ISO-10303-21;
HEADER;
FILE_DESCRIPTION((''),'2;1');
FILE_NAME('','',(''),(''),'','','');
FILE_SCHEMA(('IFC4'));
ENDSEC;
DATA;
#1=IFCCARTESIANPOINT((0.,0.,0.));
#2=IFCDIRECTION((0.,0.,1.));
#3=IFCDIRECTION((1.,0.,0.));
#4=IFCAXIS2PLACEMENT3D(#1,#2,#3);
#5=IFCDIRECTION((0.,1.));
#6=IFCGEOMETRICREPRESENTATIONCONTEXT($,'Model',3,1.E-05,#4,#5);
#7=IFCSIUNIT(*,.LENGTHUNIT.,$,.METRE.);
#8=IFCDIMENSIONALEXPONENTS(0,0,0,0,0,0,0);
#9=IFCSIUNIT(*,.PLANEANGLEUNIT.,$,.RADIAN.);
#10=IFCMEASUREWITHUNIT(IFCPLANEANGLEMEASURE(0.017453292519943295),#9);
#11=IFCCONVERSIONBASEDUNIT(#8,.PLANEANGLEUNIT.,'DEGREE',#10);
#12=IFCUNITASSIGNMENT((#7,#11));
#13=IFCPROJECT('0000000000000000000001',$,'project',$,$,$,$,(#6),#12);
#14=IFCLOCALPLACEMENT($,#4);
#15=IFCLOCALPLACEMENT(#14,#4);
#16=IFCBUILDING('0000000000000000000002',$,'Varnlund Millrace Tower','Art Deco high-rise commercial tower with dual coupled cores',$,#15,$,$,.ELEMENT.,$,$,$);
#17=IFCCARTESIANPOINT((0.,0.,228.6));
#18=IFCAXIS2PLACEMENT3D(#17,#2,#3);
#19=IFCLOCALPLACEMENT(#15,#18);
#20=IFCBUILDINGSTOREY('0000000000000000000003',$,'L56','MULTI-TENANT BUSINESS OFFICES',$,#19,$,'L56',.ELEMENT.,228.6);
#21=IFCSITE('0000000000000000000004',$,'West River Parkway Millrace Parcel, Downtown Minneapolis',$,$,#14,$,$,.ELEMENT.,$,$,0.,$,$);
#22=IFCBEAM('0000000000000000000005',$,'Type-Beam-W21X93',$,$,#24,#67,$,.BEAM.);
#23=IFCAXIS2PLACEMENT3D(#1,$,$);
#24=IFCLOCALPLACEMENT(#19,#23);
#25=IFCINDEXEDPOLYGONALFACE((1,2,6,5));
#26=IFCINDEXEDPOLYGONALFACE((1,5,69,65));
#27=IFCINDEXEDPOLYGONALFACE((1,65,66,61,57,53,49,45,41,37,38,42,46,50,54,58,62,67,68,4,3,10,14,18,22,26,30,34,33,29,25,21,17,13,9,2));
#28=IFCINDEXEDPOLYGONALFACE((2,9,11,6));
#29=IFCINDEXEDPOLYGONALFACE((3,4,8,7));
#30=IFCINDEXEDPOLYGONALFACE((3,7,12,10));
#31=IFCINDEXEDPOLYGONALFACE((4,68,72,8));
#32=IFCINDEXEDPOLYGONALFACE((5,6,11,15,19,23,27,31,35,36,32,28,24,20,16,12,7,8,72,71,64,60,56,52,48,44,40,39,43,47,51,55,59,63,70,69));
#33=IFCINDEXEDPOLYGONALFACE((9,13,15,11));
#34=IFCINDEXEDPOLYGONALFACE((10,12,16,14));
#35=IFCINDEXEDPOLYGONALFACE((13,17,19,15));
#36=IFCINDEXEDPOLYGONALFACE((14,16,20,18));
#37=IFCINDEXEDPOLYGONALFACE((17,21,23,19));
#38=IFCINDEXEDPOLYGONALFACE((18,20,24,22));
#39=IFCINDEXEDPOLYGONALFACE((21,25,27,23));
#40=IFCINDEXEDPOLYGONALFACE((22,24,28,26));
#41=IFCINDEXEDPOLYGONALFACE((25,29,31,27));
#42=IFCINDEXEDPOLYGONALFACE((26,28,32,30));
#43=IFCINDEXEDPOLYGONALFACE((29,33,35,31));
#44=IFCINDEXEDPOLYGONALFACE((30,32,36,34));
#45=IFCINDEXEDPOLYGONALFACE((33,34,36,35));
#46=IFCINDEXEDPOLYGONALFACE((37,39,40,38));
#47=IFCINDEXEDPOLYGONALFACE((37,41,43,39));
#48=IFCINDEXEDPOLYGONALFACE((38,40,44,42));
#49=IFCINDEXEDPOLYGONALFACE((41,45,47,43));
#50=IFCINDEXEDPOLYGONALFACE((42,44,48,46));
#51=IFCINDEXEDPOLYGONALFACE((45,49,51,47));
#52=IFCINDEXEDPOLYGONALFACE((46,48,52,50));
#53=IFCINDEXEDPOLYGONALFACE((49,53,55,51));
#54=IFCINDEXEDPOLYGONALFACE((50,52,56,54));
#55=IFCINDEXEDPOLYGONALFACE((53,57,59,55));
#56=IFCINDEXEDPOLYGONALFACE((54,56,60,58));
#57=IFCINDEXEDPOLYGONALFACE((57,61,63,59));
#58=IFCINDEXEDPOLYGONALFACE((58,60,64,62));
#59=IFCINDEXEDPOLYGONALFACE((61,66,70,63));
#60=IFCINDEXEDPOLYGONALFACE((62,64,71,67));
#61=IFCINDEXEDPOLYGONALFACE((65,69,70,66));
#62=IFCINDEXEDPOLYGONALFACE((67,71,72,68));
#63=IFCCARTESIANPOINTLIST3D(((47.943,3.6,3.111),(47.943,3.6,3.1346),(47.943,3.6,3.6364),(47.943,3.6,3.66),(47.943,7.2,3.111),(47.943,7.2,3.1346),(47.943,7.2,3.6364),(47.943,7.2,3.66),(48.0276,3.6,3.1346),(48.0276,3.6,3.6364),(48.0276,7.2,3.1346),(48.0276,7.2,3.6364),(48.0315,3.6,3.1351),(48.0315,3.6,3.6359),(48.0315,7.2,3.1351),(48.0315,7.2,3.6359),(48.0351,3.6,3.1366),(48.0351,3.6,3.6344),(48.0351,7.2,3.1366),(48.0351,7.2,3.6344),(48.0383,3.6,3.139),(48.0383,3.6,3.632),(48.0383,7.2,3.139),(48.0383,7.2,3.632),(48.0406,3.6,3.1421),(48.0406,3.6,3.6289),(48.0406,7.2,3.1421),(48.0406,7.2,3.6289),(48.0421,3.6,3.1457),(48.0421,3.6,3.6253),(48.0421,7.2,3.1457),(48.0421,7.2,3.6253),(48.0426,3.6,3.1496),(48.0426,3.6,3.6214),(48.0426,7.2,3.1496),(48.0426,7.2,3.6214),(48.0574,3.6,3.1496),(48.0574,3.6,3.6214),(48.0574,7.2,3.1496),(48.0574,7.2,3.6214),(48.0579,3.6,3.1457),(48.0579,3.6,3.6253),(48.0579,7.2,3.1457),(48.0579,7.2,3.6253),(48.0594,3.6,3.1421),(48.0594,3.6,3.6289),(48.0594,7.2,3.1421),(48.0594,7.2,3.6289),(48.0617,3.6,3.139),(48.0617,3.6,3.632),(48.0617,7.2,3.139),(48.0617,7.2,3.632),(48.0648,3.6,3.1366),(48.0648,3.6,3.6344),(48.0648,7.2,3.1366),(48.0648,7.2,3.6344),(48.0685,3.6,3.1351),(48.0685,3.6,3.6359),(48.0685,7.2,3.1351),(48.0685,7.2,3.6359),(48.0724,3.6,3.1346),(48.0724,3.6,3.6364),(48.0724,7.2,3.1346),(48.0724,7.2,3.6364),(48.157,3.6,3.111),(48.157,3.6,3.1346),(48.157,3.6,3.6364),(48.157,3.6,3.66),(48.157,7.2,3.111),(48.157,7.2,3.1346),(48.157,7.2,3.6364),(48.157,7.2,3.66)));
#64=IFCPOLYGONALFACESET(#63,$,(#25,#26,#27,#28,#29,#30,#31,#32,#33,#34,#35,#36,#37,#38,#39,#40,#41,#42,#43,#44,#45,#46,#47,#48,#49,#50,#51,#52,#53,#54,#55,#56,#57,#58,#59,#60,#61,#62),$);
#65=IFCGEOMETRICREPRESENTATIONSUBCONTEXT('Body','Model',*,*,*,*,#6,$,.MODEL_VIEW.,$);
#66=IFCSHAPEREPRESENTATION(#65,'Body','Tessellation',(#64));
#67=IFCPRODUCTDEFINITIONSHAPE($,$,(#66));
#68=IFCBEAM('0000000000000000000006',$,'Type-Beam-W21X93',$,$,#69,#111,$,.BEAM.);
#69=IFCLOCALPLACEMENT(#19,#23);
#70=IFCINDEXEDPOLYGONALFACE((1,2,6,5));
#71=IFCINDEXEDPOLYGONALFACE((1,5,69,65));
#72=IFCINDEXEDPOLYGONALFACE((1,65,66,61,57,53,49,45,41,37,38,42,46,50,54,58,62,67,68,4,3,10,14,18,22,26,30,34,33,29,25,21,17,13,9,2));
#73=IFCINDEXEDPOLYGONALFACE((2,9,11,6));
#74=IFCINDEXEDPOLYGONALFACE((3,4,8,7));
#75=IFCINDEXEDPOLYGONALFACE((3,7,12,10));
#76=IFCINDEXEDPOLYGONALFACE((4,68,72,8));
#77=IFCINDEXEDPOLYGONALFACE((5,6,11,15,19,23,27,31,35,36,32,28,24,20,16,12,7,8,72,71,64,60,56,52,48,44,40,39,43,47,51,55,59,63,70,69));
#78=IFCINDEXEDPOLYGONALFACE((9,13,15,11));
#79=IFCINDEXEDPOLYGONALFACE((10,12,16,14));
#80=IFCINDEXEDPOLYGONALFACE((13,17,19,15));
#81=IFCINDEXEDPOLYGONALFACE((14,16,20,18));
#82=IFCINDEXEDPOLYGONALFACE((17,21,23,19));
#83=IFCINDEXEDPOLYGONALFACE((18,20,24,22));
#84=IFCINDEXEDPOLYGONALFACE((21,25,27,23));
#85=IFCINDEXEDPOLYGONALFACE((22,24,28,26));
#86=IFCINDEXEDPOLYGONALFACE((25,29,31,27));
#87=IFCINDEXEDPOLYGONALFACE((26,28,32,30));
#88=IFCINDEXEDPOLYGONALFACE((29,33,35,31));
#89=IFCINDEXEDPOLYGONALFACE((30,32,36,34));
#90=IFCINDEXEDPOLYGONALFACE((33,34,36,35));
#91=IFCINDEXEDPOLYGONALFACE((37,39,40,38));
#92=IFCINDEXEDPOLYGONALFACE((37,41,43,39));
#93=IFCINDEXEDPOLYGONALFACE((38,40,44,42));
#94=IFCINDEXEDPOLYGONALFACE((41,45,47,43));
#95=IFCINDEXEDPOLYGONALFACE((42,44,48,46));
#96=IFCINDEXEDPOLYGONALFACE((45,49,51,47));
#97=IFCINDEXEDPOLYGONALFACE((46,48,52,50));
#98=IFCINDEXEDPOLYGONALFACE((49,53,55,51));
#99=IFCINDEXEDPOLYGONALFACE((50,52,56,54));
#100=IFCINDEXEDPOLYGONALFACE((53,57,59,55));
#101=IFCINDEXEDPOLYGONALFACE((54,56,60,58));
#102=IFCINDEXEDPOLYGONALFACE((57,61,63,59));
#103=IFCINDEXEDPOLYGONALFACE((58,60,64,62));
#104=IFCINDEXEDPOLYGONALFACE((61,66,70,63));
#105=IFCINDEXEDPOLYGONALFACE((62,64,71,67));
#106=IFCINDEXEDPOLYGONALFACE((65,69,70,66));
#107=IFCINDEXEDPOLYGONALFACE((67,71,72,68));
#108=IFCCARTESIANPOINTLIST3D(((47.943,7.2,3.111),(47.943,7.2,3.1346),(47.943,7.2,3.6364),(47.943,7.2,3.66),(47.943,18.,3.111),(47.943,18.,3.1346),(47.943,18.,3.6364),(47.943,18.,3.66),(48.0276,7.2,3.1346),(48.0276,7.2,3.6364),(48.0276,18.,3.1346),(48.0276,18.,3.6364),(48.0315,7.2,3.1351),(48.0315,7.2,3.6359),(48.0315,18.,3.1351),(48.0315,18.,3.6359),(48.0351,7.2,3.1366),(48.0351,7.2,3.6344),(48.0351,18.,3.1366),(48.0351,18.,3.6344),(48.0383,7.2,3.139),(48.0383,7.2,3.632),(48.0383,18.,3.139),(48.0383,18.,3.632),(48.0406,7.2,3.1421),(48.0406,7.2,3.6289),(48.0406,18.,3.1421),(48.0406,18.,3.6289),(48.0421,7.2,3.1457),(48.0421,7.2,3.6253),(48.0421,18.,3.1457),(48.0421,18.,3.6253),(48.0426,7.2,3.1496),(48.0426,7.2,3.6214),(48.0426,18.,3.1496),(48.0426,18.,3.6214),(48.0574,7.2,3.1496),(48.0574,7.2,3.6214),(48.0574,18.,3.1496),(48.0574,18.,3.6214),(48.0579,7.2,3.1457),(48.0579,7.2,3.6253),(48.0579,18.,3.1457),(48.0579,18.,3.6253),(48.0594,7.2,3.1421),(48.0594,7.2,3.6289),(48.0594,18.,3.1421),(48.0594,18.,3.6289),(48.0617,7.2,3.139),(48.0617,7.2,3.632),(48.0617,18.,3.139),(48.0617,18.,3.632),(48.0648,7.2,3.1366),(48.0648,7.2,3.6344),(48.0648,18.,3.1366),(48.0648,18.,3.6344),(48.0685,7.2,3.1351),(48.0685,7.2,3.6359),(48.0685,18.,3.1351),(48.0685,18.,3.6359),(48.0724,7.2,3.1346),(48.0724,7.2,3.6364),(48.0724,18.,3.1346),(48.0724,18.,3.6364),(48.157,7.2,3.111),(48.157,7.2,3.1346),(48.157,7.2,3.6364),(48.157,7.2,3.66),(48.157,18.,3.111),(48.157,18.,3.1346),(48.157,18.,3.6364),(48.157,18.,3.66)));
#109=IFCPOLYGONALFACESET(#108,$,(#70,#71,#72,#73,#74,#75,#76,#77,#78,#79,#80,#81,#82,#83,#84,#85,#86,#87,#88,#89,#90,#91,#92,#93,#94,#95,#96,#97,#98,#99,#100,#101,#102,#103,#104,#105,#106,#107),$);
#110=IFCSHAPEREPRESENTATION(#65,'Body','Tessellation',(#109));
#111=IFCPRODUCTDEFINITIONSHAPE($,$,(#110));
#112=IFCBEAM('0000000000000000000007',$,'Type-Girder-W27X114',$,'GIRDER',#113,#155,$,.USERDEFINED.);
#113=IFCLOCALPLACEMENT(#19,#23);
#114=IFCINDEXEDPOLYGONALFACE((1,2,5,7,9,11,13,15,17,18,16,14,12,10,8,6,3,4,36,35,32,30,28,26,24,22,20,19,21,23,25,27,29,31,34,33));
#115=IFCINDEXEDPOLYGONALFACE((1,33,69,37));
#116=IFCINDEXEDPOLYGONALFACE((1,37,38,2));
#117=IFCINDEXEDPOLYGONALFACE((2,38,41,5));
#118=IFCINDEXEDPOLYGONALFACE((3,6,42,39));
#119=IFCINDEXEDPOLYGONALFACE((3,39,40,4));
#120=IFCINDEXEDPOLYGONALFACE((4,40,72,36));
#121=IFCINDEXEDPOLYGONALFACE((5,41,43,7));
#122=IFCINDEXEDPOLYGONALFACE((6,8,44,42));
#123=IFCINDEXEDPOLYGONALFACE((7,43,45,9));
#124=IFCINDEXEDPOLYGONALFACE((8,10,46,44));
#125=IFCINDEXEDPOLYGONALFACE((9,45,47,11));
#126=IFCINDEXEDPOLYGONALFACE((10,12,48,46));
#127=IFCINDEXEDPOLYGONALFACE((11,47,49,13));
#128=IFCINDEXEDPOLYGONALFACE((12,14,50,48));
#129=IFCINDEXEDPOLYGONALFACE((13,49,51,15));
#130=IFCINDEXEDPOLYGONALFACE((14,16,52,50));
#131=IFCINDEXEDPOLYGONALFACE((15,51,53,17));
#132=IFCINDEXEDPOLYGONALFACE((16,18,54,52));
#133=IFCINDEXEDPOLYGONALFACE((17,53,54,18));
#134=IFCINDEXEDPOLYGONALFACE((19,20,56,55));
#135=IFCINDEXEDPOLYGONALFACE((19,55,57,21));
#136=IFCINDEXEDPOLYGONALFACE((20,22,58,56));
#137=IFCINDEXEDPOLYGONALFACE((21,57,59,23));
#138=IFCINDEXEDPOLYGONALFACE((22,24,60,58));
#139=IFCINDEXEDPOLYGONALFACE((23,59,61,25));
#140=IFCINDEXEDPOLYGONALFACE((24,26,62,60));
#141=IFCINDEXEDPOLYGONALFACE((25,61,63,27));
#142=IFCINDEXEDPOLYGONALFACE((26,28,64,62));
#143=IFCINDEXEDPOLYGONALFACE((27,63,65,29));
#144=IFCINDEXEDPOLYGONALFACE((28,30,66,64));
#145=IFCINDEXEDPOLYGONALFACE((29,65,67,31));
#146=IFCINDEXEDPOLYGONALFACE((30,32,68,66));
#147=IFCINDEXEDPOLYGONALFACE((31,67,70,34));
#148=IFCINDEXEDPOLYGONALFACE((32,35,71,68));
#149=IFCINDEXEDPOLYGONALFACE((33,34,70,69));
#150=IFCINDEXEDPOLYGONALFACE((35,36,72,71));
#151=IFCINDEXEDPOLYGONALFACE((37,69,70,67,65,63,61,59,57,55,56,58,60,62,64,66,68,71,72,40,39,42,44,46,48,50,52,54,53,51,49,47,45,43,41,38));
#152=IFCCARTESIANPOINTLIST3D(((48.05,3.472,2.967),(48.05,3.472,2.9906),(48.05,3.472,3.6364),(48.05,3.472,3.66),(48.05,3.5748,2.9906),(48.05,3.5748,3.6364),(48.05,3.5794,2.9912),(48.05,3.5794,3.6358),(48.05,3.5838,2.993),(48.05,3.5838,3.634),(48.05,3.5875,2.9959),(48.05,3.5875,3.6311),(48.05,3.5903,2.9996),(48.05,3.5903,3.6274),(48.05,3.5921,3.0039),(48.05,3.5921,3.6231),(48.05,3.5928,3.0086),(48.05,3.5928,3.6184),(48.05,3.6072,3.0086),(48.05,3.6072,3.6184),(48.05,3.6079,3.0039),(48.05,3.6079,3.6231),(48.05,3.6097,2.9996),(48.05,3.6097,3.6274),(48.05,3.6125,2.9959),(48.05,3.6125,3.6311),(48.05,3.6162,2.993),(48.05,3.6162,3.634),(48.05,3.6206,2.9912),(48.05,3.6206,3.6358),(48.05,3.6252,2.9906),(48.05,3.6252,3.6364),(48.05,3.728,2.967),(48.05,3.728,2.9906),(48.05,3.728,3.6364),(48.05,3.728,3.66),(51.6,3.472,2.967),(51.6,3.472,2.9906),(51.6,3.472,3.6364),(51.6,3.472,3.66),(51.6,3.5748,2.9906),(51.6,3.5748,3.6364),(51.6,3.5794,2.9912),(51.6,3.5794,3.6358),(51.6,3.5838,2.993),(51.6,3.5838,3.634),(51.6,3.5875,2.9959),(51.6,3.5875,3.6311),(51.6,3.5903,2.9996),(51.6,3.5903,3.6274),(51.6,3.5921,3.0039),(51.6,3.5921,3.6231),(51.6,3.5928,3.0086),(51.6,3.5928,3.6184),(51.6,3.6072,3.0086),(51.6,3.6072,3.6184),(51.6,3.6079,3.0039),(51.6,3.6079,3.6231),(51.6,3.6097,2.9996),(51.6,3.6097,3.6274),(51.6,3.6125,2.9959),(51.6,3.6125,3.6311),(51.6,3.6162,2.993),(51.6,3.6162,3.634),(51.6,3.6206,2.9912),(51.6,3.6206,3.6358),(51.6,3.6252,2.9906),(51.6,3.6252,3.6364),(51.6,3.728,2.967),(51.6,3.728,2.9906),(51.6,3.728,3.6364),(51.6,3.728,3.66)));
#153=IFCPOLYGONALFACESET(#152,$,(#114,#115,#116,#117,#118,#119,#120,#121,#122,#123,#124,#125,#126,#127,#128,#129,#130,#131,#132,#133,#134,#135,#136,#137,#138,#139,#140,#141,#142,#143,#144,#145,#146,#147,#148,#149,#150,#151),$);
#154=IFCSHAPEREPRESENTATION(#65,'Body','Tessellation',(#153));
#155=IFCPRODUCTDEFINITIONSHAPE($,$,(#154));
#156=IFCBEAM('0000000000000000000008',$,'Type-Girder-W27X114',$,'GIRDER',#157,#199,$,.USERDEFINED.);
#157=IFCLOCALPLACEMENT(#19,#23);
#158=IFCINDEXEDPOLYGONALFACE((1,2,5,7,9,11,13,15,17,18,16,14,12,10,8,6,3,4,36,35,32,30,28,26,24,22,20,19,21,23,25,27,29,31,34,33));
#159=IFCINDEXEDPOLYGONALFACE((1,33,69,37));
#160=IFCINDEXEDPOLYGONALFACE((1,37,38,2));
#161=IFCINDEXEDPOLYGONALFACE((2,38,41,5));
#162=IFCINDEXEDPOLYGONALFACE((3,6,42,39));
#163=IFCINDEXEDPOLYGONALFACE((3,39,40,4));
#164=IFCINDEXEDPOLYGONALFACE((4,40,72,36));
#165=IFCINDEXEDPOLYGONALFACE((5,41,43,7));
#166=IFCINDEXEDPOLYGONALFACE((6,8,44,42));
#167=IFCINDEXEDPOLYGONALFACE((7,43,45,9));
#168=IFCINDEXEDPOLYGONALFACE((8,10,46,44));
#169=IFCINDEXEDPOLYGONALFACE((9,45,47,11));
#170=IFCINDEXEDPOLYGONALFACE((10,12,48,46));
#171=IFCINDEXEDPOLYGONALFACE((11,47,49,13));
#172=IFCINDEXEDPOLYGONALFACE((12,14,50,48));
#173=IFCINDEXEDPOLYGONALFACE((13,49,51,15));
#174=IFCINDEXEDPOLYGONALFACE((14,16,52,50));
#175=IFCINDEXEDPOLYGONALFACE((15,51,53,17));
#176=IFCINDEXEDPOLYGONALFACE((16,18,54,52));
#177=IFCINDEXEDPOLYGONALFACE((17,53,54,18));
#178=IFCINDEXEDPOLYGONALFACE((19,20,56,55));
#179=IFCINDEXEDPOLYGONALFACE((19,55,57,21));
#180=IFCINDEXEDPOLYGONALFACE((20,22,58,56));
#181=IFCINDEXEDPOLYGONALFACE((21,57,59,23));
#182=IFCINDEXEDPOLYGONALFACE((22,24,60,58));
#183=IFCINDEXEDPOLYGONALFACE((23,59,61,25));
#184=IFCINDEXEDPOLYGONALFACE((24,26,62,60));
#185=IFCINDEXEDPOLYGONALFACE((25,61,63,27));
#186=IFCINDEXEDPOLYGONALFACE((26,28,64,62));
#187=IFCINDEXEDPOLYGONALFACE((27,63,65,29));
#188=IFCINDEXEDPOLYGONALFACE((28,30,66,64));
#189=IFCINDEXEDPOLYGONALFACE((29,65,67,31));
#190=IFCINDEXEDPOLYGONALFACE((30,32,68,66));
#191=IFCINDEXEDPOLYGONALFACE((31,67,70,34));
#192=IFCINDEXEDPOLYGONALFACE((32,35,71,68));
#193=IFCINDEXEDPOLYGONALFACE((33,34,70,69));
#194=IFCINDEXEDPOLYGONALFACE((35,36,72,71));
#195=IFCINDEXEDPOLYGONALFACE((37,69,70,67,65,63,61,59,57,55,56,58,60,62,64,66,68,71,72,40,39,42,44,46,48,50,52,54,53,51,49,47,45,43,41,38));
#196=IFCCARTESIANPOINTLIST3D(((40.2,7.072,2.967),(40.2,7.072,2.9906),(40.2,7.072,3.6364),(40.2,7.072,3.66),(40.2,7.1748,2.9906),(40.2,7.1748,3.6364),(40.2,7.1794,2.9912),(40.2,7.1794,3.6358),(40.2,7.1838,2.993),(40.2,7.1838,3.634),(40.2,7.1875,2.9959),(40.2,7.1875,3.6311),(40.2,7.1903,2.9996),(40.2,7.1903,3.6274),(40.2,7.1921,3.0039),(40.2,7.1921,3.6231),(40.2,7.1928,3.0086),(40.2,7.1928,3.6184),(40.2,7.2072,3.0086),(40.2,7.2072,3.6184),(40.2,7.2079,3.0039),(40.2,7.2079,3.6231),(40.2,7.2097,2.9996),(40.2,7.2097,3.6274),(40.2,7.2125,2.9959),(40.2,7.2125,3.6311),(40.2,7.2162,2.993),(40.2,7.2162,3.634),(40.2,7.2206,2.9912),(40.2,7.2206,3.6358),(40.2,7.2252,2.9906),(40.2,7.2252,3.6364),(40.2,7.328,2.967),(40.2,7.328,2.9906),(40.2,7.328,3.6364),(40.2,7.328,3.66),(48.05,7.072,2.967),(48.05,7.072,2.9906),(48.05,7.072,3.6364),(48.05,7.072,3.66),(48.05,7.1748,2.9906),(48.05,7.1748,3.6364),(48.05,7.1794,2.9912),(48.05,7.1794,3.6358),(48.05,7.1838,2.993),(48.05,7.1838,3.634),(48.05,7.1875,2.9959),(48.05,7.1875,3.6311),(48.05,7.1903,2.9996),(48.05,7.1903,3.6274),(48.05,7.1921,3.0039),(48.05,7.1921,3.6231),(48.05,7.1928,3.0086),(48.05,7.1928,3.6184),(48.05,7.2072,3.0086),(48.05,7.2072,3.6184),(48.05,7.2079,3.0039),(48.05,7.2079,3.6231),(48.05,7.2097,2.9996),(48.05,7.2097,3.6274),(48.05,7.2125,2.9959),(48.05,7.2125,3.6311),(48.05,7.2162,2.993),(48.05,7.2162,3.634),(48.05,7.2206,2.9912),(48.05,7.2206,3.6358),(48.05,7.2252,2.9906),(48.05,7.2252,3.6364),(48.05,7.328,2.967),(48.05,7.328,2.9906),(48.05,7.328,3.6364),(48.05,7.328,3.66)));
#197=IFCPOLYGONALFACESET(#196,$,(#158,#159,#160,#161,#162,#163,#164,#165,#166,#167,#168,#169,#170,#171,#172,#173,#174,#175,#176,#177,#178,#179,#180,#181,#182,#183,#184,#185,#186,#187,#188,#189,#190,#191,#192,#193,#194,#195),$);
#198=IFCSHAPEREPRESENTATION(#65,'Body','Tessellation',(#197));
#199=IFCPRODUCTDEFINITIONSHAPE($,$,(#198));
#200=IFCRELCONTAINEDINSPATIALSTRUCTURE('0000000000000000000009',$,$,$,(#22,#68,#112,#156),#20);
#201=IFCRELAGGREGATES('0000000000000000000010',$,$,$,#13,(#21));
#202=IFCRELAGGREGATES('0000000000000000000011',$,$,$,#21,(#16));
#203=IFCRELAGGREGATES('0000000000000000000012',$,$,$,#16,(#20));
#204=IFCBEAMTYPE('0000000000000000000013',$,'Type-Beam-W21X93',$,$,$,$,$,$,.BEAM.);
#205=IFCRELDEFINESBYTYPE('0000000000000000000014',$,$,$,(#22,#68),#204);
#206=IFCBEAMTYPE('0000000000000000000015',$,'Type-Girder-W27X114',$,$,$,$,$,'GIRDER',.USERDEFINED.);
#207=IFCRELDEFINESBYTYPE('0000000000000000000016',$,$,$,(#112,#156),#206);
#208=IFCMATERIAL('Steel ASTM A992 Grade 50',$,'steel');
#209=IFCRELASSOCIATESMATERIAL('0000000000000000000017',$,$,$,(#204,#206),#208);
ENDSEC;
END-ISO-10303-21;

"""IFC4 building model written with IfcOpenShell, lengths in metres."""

from ifc_helpers import new_model, entity, si_unit, converted_unit, direction, frame, origin_with_axes, origin_2d_with_axis, place, context, subcontext, project, spatial, i_section, extrude, material, material_profile, profile_set, type_object, element, save


model = new_model("IFC4")

# Units and contexts
model_context = context("Model", 3, precision=1e-05, world=origin_with_axes(), true_north=direction((0.0, 1.0)))
body_context = subcontext(model_context, "Body", "Model", "MODEL_VIEW")
ifc_project = project(units=[si_unit("LENGTHUNIT", "METRE"), converted_unit("PLANEANGLEUNIT", "DEGREE", entity("IfcPlaneAngleMeasure", 0.017453292519943295), si_unit("PLANEANGLEUNIT", "RADIAN"), dimensions=[0, 0, 0, 0, 0, 0, 0])], contexts=[model_context])

# Site, building, storey
site_placement = place(None, origin_with_axes())
site = spatial("IfcSite", under=ifc_project, at=site_placement, Name="West River Parkway Millrace Parcel, Downtown Minneapolis", CompositionType="ELEMENT", RefElevation=0.0)
building_placement = place(site_placement, origin_with_axes())
building = spatial("IfcBuilding", under=site, at=building_placement, Name="Varnlund Millrace Tower", Description="Art Deco high-rise commercial tower with dual coupled cores", CompositionType="ELEMENT")
storey_placement = place(building_placement, frame((0.0, 0.0, 228.6), z_axis=(0.0, 0.0, 1.0), x_axis=(1.0, 0.0, 0.0)))
storey = spatial("IfcBuildingStorey", under=building, at=storey_placement, Name="L56", Description="MULTI-TENANT BUSINESS OFFICES", LongName="L56", CompositionType="ELEMENT", Elevation=228.6)

# Beams
ifc_material_1 = material(Name="Steel ASTM A992 Grade 50", Category="steel")
ifc_material_profile_1 = material_profile(ifc_material_1, i_section(OverallWidth=0.214, OverallDepth=0.549, WebThickness=0.0147, FlangeThickness=0.0236, FilletRadius=0.015, at=origin_2d_with_axis()), Name="Steel ASTM A992 Grade 50")
ifc_profile_set_1 = profile_set([ifc_material_profile_1], Name="Steel ASTM A992 Grade 50")
beam_type_1 = type_object("IfcBeamType", Name="Type-Beam-W21X93", PredefinedType="BEAM", material=ifc_profile_set_1)
beam_1_placement = place(storey_placement, frame((48.05, 3.6, 3.3855), z_axis=(0.0, 1.0, 0.0), x_axis=(-1.0, 0.0, 0.0)))
element("IfcBeam", 1, at=beam_1_placement, inside=storey, type_object=beam_type_1, Name="Type-Beam-W21X93", PredefinedType="BEAM", context=body_context, shape_type="SweptSolid", body=[
    extrude(i_section(OverallWidth=0.214, OverallDepth=0.549, WebThickness=0.0147, FlangeThickness=0.0236, FilletRadius=0.015, at=origin_2d_with_axis()), origin_with_axes(), (0.0, 0.0, 1.0), 3.6),
])
beam_2_placement = place(storey_placement, frame((48.05, 7.2, 3.3855), z_axis=(0.0, 1.0, 0.0), x_axis=(-1.0, 0.0, 0.0)))
element("IfcBeam", 2, at=beam_2_placement, inside=storey, type_object=beam_type_1, Name="Type-Beam-W21X93", PredefinedType="BEAM", context=body_context, shape_type="SweptSolid", body=[
    extrude(i_section(OverallWidth=0.214, OverallDepth=0.549, WebThickness=0.0147, FlangeThickness=0.0236, FilletRadius=0.015, at=origin_2d_with_axis()), origin_with_axes(), (0.0, 0.0, 1.0), 10.8),
])
ifc_material_profile_2 = material_profile(ifc_material_1, i_section(OverallWidth=0.256, OverallDepth=0.693, WebThickness=0.0145, FlangeThickness=0.0236, FilletRadius=0.018, at=origin_2d_with_axis()), Name="Steel ASTM A992 Grade 50")
ifc_profile_set_2 = profile_set([ifc_material_profile_2], Name="Steel ASTM A992 Grade 50")
beam_type_2 = type_object("IfcBeamType", Name="Type-Girder-W27X114", ElementType="GIRDER", PredefinedType="USERDEFINED", material=ifc_profile_set_2)
beam_3_placement = place(storey_placement, frame((48.05, 3.6, 3.3135), z_axis=(1.0, 0.0, 0.0), x_axis=(0.0, 1.0, 0.0)))
element("IfcBeam", 3, at=beam_3_placement, inside=storey, type_object=beam_type_2, Name="Type-Girder-W27X114", ObjectType="GIRDER", PredefinedType="USERDEFINED", context=body_context, shape_type="SweptSolid", body=[
    extrude(i_section(OverallWidth=0.256, OverallDepth=0.693, WebThickness=0.0145, FlangeThickness=0.0236, FilletRadius=0.018, at=origin_2d_with_axis()), origin_with_axes(), (0.0, 0.0, 1.0), 3.55),
])
beam_4_placement = place(storey_placement, frame((40.2, 7.2, 3.3135), z_axis=(1.0, 0.0, 0.0), x_axis=(0.0, 1.0, 0.0)))
element("IfcBeam", 4, at=beam_4_placement, inside=storey, type_object=beam_type_2, Name="Type-Girder-W27X114", ObjectType="GIRDER", PredefinedType="USERDEFINED", context=body_context, shape_type="SweptSolid", body=[
    extrude(i_section(OverallWidth=0.256, OverallDepth=0.693, WebThickness=0.0145, FlangeThickness=0.0236, FilletRadius=0.018, at=origin_2d_with_axis()), origin_with_axes(), (0.0, 0.0, 1.0), 7.85),
])

save(model, "model.ifc")
